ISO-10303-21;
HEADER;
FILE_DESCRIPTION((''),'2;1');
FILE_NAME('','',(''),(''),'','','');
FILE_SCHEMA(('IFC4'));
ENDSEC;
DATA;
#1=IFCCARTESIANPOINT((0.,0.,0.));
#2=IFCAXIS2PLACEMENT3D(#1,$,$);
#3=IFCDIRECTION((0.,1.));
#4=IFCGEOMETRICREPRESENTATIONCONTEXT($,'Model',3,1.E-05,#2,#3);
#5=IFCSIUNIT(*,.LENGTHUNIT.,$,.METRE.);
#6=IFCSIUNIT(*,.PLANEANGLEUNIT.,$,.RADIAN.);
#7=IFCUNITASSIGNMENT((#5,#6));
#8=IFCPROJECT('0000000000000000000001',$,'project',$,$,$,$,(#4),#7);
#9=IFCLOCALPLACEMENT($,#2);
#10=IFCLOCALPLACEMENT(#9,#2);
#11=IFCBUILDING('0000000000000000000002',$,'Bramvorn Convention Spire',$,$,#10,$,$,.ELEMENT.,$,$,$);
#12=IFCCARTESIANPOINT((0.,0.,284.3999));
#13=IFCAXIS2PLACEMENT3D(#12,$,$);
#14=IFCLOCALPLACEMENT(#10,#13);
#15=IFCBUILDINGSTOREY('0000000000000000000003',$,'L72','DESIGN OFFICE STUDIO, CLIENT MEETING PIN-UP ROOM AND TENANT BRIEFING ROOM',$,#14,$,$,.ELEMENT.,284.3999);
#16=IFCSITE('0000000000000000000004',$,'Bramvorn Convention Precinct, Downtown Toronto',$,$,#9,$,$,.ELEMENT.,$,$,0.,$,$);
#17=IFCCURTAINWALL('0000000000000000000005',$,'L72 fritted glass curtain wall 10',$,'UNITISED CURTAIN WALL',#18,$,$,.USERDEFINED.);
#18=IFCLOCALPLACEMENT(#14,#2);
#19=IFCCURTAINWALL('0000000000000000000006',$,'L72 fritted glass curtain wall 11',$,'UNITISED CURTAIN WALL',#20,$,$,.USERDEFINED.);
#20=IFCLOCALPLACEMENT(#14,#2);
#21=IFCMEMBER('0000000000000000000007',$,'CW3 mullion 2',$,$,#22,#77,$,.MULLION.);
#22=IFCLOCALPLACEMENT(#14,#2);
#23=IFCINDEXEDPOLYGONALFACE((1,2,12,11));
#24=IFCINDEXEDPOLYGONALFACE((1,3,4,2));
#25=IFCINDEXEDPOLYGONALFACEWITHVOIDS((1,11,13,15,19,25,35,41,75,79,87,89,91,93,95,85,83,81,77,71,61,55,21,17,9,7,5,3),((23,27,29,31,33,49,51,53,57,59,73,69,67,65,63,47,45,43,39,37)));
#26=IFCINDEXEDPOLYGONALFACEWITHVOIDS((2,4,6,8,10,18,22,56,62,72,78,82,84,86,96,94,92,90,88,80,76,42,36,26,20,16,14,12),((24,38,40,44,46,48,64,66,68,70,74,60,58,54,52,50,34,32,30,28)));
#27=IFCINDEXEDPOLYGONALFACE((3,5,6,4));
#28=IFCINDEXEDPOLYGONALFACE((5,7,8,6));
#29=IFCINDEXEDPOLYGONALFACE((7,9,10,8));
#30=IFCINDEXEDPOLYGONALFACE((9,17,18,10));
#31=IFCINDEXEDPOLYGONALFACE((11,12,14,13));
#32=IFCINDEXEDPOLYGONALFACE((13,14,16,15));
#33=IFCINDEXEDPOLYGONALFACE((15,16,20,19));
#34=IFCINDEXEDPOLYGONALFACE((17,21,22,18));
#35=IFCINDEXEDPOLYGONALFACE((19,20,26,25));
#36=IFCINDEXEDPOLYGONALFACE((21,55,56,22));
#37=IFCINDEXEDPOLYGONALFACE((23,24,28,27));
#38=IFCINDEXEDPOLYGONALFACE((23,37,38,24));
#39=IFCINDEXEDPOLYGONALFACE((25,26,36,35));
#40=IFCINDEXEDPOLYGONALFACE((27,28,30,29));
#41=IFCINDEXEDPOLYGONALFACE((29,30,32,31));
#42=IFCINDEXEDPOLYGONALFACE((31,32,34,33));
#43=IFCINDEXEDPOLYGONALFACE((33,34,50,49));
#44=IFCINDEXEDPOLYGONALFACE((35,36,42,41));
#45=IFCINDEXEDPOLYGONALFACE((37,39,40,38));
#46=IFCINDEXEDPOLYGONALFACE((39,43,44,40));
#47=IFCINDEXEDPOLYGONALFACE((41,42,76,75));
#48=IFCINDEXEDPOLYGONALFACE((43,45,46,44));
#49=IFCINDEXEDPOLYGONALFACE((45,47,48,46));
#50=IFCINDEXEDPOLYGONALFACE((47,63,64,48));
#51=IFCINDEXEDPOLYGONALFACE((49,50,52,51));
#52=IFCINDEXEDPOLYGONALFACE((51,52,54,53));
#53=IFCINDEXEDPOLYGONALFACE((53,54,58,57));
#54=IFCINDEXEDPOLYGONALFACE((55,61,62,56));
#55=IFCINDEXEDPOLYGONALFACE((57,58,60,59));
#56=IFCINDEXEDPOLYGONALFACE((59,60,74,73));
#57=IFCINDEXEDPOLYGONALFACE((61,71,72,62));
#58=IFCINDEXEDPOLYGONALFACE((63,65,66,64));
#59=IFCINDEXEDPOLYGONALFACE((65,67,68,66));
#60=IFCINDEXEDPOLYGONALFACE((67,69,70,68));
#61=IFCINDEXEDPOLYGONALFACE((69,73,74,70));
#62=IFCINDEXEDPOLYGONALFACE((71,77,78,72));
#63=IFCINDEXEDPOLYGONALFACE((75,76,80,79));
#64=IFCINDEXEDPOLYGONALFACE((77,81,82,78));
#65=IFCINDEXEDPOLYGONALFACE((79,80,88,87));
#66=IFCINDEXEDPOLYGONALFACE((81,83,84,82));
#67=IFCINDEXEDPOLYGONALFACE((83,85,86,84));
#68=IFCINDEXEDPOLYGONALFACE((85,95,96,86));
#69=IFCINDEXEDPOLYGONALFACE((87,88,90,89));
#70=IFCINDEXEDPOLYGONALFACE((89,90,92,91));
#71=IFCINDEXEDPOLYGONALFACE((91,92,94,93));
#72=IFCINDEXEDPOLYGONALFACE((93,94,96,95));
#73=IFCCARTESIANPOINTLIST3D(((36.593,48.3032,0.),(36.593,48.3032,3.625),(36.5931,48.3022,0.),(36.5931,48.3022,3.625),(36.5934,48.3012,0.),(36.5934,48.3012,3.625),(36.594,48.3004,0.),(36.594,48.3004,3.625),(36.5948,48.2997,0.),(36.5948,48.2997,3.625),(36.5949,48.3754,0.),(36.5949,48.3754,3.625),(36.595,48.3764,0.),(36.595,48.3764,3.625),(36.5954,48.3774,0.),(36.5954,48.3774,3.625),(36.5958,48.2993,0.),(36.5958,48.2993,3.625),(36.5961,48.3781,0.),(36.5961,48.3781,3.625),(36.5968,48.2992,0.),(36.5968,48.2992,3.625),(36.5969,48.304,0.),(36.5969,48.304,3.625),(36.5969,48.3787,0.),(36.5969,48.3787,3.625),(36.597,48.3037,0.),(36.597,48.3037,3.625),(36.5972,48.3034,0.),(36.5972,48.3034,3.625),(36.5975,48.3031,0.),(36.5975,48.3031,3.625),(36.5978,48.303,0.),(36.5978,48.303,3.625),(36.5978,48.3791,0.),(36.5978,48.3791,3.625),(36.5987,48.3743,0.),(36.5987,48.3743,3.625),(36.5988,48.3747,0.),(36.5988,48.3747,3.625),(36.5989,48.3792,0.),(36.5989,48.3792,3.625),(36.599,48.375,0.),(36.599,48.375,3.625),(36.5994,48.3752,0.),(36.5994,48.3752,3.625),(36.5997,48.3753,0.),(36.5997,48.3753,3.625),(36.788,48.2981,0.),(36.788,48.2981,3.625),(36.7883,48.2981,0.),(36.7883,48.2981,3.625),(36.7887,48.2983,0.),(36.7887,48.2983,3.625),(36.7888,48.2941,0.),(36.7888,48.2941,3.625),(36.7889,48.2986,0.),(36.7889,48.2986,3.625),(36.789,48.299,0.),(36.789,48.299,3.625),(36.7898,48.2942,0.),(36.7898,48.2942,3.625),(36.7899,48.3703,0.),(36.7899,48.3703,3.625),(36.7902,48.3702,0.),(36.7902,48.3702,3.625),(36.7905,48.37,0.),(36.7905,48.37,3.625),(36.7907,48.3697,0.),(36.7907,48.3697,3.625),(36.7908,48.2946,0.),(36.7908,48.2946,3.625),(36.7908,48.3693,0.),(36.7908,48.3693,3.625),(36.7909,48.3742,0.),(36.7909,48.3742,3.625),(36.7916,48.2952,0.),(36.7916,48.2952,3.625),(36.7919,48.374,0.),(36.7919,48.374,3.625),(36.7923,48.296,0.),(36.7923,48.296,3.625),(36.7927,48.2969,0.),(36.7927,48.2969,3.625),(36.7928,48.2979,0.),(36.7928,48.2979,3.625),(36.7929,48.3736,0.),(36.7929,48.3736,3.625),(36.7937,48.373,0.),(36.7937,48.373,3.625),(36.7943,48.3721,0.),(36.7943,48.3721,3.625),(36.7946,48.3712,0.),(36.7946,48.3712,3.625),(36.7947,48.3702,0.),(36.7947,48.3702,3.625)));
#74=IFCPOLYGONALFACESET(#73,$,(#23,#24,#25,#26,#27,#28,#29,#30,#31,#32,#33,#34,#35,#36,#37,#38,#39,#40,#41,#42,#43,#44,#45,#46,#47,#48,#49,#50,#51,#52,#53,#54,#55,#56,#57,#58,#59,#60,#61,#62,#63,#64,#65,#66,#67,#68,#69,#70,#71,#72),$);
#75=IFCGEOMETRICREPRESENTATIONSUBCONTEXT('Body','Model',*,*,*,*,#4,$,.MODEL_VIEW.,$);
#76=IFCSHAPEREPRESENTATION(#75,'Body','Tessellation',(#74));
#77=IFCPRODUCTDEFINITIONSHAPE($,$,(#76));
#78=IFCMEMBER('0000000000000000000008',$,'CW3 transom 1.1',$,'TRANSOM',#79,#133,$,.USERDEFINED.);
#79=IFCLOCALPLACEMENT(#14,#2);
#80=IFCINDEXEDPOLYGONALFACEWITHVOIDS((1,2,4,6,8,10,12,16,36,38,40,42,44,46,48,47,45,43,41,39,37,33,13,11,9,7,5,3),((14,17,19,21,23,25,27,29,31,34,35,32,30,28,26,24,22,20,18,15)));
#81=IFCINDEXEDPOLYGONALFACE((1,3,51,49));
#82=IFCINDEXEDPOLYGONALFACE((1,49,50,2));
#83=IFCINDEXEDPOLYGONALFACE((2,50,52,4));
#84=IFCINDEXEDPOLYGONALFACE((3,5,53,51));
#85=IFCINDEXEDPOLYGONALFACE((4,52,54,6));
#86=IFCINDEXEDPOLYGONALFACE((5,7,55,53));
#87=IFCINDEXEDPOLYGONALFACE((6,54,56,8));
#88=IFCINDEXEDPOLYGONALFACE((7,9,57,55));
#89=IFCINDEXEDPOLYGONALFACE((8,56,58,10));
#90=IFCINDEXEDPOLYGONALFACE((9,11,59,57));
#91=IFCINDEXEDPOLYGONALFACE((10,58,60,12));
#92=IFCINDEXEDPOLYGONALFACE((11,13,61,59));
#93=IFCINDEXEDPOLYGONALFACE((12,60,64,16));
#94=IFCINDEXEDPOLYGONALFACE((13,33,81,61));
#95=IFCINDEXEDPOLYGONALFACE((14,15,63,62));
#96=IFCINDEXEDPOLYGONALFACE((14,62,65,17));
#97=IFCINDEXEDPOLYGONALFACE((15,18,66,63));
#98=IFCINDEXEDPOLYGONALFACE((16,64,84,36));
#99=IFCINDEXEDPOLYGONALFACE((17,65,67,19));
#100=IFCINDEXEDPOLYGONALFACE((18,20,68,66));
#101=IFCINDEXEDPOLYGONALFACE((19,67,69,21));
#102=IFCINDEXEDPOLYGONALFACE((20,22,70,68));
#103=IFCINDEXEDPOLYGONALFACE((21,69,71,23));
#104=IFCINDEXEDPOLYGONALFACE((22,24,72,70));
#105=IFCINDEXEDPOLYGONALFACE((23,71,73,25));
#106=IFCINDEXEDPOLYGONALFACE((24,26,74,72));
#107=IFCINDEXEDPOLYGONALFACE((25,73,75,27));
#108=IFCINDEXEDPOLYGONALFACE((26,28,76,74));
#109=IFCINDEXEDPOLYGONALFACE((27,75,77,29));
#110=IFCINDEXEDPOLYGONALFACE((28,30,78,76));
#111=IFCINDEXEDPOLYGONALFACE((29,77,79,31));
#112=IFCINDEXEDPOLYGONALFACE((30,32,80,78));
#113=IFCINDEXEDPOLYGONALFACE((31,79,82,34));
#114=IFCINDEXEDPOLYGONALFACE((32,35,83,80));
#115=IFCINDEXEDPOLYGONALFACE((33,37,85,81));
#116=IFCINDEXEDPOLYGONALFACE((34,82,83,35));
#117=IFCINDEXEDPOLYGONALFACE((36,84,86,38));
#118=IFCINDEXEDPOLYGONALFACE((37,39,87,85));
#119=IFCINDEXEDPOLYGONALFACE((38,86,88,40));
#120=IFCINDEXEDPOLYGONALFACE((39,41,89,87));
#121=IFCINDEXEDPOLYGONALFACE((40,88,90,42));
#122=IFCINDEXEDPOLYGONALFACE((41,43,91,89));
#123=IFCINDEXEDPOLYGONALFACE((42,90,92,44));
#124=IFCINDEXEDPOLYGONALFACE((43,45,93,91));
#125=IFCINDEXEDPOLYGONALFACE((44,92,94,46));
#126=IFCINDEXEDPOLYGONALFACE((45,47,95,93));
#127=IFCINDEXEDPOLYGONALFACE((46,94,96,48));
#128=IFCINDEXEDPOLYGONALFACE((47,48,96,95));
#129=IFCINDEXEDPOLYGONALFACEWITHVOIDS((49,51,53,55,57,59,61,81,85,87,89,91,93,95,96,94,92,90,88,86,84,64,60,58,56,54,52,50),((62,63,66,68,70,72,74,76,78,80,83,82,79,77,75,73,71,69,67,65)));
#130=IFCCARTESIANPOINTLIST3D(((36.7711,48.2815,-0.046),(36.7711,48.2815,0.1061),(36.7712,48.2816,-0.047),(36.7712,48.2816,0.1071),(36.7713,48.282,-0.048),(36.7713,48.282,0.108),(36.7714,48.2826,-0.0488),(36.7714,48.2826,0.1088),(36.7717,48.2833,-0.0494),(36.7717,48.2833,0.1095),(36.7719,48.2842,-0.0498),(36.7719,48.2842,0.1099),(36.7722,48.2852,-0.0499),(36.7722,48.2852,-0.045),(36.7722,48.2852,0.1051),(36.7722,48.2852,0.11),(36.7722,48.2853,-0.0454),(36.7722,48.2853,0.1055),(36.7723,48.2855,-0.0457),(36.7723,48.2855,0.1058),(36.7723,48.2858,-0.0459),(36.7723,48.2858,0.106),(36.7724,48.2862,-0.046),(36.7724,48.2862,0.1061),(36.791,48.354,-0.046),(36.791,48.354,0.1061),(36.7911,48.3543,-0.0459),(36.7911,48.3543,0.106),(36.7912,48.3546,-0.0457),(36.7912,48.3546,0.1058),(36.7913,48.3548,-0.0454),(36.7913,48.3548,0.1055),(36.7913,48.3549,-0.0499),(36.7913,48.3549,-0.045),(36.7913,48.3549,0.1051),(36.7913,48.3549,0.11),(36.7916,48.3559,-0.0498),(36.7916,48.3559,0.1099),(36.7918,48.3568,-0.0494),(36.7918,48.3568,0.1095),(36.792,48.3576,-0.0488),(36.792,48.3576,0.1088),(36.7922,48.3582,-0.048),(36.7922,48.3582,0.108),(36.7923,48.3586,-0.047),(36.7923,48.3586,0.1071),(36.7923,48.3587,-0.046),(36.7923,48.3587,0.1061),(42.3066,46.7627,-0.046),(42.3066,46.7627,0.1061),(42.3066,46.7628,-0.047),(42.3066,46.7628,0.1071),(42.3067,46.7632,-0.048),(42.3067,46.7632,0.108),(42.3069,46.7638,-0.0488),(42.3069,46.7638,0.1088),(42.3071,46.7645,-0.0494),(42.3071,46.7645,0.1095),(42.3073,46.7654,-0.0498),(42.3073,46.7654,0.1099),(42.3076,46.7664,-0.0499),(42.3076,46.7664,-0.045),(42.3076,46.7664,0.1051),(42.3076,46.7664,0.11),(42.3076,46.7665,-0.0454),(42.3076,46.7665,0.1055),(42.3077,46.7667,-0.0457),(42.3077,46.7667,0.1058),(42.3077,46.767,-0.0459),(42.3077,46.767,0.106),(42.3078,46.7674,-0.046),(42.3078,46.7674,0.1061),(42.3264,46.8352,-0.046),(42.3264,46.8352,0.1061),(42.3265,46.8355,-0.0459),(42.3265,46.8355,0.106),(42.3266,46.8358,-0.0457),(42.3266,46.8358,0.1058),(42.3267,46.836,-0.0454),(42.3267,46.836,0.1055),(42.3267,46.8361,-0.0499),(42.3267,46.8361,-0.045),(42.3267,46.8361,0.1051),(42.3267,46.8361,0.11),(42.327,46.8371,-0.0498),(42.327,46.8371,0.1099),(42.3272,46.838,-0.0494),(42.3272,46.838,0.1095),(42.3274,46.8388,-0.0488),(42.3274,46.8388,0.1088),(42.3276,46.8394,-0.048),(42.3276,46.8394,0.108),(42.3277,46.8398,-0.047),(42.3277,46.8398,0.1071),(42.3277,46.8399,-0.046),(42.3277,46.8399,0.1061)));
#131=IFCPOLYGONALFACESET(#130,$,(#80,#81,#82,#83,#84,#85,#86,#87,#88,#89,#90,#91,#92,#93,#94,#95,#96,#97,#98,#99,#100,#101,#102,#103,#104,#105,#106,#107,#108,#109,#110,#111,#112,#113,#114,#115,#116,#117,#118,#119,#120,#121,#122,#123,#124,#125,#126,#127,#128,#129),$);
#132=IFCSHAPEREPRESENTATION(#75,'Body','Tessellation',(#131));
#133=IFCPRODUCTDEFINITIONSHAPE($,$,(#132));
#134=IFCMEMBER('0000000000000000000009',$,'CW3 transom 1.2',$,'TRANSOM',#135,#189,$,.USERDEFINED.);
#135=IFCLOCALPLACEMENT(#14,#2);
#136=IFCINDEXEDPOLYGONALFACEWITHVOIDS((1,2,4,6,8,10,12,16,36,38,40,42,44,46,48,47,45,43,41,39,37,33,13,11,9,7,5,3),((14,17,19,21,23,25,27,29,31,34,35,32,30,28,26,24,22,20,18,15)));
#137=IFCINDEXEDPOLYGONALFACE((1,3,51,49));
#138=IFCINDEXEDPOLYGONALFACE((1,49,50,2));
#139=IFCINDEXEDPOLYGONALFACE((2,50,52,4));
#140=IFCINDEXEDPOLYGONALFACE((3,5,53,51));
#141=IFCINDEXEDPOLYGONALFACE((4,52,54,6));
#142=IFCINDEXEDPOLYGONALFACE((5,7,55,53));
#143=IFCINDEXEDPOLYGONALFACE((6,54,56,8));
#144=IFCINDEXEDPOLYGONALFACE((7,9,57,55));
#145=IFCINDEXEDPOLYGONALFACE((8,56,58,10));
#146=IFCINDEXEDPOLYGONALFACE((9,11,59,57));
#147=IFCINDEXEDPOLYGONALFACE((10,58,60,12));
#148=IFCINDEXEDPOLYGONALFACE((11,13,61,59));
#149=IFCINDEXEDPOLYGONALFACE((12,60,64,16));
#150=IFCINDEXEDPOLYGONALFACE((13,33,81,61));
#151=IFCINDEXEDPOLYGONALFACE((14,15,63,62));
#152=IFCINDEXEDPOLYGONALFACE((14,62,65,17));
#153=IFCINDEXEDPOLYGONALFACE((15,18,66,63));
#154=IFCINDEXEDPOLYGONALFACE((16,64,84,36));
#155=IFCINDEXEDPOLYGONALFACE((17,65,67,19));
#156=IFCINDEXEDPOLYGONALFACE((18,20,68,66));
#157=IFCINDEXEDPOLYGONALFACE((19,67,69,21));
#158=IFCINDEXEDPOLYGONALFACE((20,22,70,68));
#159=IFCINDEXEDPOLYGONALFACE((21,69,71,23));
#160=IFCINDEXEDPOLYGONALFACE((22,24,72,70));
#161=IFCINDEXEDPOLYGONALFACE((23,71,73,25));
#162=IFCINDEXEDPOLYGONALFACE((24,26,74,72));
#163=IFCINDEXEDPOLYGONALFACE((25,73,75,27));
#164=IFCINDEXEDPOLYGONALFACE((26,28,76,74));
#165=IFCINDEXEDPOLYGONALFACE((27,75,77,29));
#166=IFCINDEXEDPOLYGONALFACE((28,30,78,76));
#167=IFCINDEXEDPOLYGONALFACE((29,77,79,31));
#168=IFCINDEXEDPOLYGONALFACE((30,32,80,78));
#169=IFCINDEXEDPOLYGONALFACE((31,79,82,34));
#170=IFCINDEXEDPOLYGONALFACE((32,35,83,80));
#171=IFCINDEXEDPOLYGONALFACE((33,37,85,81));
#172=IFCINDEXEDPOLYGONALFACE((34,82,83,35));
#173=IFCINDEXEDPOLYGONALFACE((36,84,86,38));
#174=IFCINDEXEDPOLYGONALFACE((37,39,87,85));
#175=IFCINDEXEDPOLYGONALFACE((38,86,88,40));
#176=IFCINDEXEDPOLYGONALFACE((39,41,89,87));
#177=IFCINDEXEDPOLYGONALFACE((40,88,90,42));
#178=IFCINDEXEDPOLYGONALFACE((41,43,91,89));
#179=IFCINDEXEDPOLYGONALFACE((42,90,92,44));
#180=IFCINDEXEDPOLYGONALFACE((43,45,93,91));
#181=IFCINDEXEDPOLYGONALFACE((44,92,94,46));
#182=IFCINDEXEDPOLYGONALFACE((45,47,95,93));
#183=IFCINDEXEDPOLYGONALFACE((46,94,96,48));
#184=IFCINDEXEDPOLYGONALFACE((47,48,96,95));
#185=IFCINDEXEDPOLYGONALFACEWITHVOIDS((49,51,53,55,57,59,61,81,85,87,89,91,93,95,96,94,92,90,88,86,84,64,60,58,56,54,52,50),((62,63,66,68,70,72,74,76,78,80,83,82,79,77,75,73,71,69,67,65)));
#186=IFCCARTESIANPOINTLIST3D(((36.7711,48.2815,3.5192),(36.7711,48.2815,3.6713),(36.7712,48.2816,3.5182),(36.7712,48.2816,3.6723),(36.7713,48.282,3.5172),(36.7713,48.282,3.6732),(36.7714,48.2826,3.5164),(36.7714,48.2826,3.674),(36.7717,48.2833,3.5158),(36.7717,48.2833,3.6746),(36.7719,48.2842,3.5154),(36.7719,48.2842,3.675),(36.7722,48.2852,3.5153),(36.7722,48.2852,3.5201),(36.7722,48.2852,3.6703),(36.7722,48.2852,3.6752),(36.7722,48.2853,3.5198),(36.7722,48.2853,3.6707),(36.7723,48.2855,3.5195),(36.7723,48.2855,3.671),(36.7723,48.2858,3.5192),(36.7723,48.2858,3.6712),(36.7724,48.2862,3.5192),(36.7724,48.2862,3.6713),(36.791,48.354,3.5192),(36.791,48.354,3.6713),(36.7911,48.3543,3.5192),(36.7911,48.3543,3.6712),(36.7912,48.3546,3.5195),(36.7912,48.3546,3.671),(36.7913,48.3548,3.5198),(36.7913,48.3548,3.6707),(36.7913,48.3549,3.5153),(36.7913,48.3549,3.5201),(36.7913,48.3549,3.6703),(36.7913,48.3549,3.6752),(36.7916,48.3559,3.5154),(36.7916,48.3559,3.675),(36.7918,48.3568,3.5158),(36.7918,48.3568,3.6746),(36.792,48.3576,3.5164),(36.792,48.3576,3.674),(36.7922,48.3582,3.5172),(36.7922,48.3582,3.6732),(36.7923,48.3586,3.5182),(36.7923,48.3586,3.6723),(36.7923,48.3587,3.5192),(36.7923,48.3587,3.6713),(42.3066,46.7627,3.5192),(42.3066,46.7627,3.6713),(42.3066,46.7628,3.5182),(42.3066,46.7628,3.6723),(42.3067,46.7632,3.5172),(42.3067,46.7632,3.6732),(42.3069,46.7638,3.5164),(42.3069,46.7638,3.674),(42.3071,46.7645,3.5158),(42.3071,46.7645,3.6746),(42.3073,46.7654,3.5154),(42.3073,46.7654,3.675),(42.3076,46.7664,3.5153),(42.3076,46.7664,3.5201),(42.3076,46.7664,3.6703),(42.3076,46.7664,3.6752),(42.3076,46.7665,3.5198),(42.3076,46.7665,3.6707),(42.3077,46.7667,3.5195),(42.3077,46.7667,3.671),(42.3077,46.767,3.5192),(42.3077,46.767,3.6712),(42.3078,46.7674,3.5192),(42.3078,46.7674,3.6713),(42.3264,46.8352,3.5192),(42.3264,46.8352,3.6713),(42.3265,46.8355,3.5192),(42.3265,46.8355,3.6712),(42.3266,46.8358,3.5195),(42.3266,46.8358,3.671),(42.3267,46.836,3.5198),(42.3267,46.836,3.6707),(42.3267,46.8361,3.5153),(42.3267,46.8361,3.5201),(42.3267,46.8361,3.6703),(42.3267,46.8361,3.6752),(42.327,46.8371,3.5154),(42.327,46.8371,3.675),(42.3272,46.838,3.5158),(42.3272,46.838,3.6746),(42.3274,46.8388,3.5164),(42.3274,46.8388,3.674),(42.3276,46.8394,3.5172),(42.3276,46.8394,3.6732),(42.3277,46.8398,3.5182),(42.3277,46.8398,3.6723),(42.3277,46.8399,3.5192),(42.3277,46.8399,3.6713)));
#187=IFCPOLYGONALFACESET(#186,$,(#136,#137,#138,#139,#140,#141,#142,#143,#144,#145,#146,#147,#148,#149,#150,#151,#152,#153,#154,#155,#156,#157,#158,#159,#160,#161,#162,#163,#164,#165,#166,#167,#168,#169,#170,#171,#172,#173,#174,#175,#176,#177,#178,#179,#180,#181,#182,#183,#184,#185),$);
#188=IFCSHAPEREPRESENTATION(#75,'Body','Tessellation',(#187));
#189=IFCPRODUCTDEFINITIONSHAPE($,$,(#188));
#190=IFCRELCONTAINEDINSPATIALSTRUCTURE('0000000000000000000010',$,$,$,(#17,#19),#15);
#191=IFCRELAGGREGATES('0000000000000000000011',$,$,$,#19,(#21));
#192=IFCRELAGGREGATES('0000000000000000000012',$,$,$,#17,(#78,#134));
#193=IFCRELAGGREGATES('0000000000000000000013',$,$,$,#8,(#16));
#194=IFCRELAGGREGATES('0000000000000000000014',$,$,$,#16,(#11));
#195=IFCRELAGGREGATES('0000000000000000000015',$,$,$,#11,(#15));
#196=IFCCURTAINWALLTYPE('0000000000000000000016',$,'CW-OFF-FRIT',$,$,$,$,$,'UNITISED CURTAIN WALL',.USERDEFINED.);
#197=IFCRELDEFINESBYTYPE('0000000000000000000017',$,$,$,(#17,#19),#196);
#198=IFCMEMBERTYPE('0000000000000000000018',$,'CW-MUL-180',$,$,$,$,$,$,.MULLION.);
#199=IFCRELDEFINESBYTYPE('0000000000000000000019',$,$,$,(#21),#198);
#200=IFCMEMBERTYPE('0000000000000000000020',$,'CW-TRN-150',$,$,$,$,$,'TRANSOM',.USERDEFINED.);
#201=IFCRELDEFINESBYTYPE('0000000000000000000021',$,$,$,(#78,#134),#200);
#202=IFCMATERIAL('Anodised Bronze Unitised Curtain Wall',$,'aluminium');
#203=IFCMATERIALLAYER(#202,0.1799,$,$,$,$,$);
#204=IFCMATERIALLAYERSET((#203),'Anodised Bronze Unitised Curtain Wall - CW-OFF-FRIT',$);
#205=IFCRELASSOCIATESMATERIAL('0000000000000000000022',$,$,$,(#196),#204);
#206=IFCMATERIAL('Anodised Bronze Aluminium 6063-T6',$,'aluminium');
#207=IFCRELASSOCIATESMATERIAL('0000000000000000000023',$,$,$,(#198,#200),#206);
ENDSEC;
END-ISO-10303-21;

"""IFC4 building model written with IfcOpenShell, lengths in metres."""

from ifc_helpers import new_model, si_unit, direction, frame, origin, origin_2d, place, context, subcontext, project, spatial, hollow_rectangle, extrude, material, layer, layer_set, material_profile, profile_set, type_object, element, aggregate, save


model = new_model("IFC4")

# Units and contexts
model_context = context("Model", 3, precision=1e-05, world=origin(), true_north=direction((0.0, 1.0)))
body_context = subcontext(model_context, "Body", "Model", "MODEL_VIEW")
ifc_project = project(units=[si_unit("LENGTHUNIT", "METRE"), si_unit("PLANEANGLEUNIT", "RADIAN")], contexts=[model_context])

# Site, building, storey
site_placement = place(None, origin())
site = spatial("IfcSite", under=ifc_project, at=site_placement, Name="Bramvorn Convention Precinct, Downtown Toronto", CompositionType="ELEMENT", RefElevation=0.0)
building_placement = place(site_placement, origin())
building = spatial("IfcBuilding", under=site, at=building_placement, Name="Bramvorn Convention Spire", CompositionType="ELEMENT")
storey_placement = place(building_placement, frame((0.0, 0.0, 284.3999)))
storey = spatial("IfcBuildingStorey", under=building, at=storey_placement, Name="L72", Description="DESIGN OFFICE STUDIO, CLIENT MEETING PIN-UP ROOM AND TENANT BRIEFING ROOM", CompositionType="ELEMENT", Elevation=284.3999)

# Curtain wall
ifc_material_1 = material(Name="Anodised Bronze Unitised Curtain Wall", Category="aluminium")
ifc_layer_1 = layer(ifc_material_1, 0.1799)
ifc_layer_set_1 = layer_set([ifc_layer_1], Name="Anodised Bronze Unitised Curtain Wall - CW-OFF-FRIT")
curtain_wall_type = type_object("IfcCurtainWallType", Name="CW-OFF-FRIT", ElementType="UNITISED CURTAIN WALL", PredefinedType="USERDEFINED", material=ifc_layer_set_1)
curtain_wall_1_placement = place(storey_placement, origin())
curtain_wall_1 = element("IfcCurtainWall", 1, at=curtain_wall_1_placement, inside=storey, type_object=curtain_wall_type, Name="L72 fritted glass curtain wall 10", ObjectType="UNITISED CURTAIN WALL", PredefinedType="USERDEFINED")
ifc_material_2 = material(Name="Anodised Bronze Aluminium 6063-T6", Category="aluminium")
ifc_material_profile_1 = material_profile(ifc_material_2, hollow_rectangle(XDim=0.0801, YDim=0.2, WallThickness=0.0039, InnerFilletRadius=0.001, OuterFilletRadius=0.0039, at=origin_2d()))
ifc_profile_set_1 = profile_set([ifc_material_profile_1], Name="Anodised Bronze Aluminium 6063-T6 - CWM80X200")
member_type_1 = type_object("IfcMemberType", Name="CW-MUL-180", PredefinedType="MULLION", material=ifc_profile_set_1)

# Curtain wall, member
curtain_wall_2_placement = place(storey_placement, origin())
curtain_wall_2 = element("IfcCurtainWall", 2, at=curtain_wall_2_placement, inside=storey, type_object=curtain_wall_type, Name="L72 fritted glass curtain wall 11", ObjectType="UNITISED CURTAIN WALL", PredefinedType="USERDEFINED")
member_1_placement = place(storey_placement, frame((36.6938, 48.3367, 0.0), z_axis=(0.0, 0.0, 1.0), x_axis=(0.026259, 0.999655, 0.0)))
member_1 = element("IfcMember", 3, at=member_1_placement, type_object=member_type_1, Name="CW3 mullion 2", PredefinedType="MULLION", context=body_context, shape_type="SweptSolid", body=[
    extrude(hollow_rectangle(XDim=0.0801, YDim=0.2, WallThickness=0.0039, InnerFilletRadius=0.001, OuterFilletRadius=0.0039, at=origin_2d()), origin(), (0.0, 0.0, 1.0), 3.625),
])
aggregate(curtain_wall_2, [member_1])

# Members
ifc_material_profile_2 = material_profile(ifc_material_2, hollow_rectangle(XDim=0.0801, YDim=0.1599, WallThickness=0.0039, InnerFilletRadius=0.001, OuterFilletRadius=0.0039, at=origin_2d()))
ifc_profile_set_2 = profile_set([ifc_material_profile_2], Name="Anodised Bronze Aluminium 6063-T6 - CWT80X160")
member_type_2 = type_object("IfcMemberType", Name="CW-TRN-150", ElementType="TRANSOM", PredefinedType="USERDEFINED", material=ifc_profile_set_2)
member_2_placement = place(storey_placement, frame((36.7817, 48.3201, 0.03), z_axis=(0.964358, -0.2646, 0.0), x_axis=(0.2646, 0.964358, 0.0)))
member_2 = element("IfcMember", 4, at=member_2_placement, type_object=member_type_2, Name="CW3 transom 1.1", ObjectType="TRANSOM", PredefinedType="USERDEFINED", context=body_context, shape_type="SweptSolid", body=[
    extrude(hollow_rectangle(XDim=0.0801, YDim=0.1599, WallThickness=0.0039, InnerFilletRadius=0.001, OuterFilletRadius=0.0039, at=origin_2d()), origin(), (0.0, 0.0, 1.0), 5.74),
])
member_3_placement = place(storey_placement, frame((36.7817, 48.3201, 3.5952), z_axis=(0.964358, -0.2646, 0.0), x_axis=(0.2646, 0.964358, 0.0)))
member_3 = element("IfcMember", 5, at=member_3_placement, type_object=member_type_2, Name="CW3 transom 1.2", ObjectType="TRANSOM", PredefinedType="USERDEFINED", context=body_context, shape_type="SweptSolid", body=[
    extrude(hollow_rectangle(XDim=0.0801, YDim=0.1599, WallThickness=0.0039, InnerFilletRadius=0.001, OuterFilletRadius=0.0039, at=origin_2d()), origin(), (0.0, 0.0, 1.0), 5.74),
])

aggregate(curtain_wall_1, [member_2, member_3])

save(model, "model.ifc")
